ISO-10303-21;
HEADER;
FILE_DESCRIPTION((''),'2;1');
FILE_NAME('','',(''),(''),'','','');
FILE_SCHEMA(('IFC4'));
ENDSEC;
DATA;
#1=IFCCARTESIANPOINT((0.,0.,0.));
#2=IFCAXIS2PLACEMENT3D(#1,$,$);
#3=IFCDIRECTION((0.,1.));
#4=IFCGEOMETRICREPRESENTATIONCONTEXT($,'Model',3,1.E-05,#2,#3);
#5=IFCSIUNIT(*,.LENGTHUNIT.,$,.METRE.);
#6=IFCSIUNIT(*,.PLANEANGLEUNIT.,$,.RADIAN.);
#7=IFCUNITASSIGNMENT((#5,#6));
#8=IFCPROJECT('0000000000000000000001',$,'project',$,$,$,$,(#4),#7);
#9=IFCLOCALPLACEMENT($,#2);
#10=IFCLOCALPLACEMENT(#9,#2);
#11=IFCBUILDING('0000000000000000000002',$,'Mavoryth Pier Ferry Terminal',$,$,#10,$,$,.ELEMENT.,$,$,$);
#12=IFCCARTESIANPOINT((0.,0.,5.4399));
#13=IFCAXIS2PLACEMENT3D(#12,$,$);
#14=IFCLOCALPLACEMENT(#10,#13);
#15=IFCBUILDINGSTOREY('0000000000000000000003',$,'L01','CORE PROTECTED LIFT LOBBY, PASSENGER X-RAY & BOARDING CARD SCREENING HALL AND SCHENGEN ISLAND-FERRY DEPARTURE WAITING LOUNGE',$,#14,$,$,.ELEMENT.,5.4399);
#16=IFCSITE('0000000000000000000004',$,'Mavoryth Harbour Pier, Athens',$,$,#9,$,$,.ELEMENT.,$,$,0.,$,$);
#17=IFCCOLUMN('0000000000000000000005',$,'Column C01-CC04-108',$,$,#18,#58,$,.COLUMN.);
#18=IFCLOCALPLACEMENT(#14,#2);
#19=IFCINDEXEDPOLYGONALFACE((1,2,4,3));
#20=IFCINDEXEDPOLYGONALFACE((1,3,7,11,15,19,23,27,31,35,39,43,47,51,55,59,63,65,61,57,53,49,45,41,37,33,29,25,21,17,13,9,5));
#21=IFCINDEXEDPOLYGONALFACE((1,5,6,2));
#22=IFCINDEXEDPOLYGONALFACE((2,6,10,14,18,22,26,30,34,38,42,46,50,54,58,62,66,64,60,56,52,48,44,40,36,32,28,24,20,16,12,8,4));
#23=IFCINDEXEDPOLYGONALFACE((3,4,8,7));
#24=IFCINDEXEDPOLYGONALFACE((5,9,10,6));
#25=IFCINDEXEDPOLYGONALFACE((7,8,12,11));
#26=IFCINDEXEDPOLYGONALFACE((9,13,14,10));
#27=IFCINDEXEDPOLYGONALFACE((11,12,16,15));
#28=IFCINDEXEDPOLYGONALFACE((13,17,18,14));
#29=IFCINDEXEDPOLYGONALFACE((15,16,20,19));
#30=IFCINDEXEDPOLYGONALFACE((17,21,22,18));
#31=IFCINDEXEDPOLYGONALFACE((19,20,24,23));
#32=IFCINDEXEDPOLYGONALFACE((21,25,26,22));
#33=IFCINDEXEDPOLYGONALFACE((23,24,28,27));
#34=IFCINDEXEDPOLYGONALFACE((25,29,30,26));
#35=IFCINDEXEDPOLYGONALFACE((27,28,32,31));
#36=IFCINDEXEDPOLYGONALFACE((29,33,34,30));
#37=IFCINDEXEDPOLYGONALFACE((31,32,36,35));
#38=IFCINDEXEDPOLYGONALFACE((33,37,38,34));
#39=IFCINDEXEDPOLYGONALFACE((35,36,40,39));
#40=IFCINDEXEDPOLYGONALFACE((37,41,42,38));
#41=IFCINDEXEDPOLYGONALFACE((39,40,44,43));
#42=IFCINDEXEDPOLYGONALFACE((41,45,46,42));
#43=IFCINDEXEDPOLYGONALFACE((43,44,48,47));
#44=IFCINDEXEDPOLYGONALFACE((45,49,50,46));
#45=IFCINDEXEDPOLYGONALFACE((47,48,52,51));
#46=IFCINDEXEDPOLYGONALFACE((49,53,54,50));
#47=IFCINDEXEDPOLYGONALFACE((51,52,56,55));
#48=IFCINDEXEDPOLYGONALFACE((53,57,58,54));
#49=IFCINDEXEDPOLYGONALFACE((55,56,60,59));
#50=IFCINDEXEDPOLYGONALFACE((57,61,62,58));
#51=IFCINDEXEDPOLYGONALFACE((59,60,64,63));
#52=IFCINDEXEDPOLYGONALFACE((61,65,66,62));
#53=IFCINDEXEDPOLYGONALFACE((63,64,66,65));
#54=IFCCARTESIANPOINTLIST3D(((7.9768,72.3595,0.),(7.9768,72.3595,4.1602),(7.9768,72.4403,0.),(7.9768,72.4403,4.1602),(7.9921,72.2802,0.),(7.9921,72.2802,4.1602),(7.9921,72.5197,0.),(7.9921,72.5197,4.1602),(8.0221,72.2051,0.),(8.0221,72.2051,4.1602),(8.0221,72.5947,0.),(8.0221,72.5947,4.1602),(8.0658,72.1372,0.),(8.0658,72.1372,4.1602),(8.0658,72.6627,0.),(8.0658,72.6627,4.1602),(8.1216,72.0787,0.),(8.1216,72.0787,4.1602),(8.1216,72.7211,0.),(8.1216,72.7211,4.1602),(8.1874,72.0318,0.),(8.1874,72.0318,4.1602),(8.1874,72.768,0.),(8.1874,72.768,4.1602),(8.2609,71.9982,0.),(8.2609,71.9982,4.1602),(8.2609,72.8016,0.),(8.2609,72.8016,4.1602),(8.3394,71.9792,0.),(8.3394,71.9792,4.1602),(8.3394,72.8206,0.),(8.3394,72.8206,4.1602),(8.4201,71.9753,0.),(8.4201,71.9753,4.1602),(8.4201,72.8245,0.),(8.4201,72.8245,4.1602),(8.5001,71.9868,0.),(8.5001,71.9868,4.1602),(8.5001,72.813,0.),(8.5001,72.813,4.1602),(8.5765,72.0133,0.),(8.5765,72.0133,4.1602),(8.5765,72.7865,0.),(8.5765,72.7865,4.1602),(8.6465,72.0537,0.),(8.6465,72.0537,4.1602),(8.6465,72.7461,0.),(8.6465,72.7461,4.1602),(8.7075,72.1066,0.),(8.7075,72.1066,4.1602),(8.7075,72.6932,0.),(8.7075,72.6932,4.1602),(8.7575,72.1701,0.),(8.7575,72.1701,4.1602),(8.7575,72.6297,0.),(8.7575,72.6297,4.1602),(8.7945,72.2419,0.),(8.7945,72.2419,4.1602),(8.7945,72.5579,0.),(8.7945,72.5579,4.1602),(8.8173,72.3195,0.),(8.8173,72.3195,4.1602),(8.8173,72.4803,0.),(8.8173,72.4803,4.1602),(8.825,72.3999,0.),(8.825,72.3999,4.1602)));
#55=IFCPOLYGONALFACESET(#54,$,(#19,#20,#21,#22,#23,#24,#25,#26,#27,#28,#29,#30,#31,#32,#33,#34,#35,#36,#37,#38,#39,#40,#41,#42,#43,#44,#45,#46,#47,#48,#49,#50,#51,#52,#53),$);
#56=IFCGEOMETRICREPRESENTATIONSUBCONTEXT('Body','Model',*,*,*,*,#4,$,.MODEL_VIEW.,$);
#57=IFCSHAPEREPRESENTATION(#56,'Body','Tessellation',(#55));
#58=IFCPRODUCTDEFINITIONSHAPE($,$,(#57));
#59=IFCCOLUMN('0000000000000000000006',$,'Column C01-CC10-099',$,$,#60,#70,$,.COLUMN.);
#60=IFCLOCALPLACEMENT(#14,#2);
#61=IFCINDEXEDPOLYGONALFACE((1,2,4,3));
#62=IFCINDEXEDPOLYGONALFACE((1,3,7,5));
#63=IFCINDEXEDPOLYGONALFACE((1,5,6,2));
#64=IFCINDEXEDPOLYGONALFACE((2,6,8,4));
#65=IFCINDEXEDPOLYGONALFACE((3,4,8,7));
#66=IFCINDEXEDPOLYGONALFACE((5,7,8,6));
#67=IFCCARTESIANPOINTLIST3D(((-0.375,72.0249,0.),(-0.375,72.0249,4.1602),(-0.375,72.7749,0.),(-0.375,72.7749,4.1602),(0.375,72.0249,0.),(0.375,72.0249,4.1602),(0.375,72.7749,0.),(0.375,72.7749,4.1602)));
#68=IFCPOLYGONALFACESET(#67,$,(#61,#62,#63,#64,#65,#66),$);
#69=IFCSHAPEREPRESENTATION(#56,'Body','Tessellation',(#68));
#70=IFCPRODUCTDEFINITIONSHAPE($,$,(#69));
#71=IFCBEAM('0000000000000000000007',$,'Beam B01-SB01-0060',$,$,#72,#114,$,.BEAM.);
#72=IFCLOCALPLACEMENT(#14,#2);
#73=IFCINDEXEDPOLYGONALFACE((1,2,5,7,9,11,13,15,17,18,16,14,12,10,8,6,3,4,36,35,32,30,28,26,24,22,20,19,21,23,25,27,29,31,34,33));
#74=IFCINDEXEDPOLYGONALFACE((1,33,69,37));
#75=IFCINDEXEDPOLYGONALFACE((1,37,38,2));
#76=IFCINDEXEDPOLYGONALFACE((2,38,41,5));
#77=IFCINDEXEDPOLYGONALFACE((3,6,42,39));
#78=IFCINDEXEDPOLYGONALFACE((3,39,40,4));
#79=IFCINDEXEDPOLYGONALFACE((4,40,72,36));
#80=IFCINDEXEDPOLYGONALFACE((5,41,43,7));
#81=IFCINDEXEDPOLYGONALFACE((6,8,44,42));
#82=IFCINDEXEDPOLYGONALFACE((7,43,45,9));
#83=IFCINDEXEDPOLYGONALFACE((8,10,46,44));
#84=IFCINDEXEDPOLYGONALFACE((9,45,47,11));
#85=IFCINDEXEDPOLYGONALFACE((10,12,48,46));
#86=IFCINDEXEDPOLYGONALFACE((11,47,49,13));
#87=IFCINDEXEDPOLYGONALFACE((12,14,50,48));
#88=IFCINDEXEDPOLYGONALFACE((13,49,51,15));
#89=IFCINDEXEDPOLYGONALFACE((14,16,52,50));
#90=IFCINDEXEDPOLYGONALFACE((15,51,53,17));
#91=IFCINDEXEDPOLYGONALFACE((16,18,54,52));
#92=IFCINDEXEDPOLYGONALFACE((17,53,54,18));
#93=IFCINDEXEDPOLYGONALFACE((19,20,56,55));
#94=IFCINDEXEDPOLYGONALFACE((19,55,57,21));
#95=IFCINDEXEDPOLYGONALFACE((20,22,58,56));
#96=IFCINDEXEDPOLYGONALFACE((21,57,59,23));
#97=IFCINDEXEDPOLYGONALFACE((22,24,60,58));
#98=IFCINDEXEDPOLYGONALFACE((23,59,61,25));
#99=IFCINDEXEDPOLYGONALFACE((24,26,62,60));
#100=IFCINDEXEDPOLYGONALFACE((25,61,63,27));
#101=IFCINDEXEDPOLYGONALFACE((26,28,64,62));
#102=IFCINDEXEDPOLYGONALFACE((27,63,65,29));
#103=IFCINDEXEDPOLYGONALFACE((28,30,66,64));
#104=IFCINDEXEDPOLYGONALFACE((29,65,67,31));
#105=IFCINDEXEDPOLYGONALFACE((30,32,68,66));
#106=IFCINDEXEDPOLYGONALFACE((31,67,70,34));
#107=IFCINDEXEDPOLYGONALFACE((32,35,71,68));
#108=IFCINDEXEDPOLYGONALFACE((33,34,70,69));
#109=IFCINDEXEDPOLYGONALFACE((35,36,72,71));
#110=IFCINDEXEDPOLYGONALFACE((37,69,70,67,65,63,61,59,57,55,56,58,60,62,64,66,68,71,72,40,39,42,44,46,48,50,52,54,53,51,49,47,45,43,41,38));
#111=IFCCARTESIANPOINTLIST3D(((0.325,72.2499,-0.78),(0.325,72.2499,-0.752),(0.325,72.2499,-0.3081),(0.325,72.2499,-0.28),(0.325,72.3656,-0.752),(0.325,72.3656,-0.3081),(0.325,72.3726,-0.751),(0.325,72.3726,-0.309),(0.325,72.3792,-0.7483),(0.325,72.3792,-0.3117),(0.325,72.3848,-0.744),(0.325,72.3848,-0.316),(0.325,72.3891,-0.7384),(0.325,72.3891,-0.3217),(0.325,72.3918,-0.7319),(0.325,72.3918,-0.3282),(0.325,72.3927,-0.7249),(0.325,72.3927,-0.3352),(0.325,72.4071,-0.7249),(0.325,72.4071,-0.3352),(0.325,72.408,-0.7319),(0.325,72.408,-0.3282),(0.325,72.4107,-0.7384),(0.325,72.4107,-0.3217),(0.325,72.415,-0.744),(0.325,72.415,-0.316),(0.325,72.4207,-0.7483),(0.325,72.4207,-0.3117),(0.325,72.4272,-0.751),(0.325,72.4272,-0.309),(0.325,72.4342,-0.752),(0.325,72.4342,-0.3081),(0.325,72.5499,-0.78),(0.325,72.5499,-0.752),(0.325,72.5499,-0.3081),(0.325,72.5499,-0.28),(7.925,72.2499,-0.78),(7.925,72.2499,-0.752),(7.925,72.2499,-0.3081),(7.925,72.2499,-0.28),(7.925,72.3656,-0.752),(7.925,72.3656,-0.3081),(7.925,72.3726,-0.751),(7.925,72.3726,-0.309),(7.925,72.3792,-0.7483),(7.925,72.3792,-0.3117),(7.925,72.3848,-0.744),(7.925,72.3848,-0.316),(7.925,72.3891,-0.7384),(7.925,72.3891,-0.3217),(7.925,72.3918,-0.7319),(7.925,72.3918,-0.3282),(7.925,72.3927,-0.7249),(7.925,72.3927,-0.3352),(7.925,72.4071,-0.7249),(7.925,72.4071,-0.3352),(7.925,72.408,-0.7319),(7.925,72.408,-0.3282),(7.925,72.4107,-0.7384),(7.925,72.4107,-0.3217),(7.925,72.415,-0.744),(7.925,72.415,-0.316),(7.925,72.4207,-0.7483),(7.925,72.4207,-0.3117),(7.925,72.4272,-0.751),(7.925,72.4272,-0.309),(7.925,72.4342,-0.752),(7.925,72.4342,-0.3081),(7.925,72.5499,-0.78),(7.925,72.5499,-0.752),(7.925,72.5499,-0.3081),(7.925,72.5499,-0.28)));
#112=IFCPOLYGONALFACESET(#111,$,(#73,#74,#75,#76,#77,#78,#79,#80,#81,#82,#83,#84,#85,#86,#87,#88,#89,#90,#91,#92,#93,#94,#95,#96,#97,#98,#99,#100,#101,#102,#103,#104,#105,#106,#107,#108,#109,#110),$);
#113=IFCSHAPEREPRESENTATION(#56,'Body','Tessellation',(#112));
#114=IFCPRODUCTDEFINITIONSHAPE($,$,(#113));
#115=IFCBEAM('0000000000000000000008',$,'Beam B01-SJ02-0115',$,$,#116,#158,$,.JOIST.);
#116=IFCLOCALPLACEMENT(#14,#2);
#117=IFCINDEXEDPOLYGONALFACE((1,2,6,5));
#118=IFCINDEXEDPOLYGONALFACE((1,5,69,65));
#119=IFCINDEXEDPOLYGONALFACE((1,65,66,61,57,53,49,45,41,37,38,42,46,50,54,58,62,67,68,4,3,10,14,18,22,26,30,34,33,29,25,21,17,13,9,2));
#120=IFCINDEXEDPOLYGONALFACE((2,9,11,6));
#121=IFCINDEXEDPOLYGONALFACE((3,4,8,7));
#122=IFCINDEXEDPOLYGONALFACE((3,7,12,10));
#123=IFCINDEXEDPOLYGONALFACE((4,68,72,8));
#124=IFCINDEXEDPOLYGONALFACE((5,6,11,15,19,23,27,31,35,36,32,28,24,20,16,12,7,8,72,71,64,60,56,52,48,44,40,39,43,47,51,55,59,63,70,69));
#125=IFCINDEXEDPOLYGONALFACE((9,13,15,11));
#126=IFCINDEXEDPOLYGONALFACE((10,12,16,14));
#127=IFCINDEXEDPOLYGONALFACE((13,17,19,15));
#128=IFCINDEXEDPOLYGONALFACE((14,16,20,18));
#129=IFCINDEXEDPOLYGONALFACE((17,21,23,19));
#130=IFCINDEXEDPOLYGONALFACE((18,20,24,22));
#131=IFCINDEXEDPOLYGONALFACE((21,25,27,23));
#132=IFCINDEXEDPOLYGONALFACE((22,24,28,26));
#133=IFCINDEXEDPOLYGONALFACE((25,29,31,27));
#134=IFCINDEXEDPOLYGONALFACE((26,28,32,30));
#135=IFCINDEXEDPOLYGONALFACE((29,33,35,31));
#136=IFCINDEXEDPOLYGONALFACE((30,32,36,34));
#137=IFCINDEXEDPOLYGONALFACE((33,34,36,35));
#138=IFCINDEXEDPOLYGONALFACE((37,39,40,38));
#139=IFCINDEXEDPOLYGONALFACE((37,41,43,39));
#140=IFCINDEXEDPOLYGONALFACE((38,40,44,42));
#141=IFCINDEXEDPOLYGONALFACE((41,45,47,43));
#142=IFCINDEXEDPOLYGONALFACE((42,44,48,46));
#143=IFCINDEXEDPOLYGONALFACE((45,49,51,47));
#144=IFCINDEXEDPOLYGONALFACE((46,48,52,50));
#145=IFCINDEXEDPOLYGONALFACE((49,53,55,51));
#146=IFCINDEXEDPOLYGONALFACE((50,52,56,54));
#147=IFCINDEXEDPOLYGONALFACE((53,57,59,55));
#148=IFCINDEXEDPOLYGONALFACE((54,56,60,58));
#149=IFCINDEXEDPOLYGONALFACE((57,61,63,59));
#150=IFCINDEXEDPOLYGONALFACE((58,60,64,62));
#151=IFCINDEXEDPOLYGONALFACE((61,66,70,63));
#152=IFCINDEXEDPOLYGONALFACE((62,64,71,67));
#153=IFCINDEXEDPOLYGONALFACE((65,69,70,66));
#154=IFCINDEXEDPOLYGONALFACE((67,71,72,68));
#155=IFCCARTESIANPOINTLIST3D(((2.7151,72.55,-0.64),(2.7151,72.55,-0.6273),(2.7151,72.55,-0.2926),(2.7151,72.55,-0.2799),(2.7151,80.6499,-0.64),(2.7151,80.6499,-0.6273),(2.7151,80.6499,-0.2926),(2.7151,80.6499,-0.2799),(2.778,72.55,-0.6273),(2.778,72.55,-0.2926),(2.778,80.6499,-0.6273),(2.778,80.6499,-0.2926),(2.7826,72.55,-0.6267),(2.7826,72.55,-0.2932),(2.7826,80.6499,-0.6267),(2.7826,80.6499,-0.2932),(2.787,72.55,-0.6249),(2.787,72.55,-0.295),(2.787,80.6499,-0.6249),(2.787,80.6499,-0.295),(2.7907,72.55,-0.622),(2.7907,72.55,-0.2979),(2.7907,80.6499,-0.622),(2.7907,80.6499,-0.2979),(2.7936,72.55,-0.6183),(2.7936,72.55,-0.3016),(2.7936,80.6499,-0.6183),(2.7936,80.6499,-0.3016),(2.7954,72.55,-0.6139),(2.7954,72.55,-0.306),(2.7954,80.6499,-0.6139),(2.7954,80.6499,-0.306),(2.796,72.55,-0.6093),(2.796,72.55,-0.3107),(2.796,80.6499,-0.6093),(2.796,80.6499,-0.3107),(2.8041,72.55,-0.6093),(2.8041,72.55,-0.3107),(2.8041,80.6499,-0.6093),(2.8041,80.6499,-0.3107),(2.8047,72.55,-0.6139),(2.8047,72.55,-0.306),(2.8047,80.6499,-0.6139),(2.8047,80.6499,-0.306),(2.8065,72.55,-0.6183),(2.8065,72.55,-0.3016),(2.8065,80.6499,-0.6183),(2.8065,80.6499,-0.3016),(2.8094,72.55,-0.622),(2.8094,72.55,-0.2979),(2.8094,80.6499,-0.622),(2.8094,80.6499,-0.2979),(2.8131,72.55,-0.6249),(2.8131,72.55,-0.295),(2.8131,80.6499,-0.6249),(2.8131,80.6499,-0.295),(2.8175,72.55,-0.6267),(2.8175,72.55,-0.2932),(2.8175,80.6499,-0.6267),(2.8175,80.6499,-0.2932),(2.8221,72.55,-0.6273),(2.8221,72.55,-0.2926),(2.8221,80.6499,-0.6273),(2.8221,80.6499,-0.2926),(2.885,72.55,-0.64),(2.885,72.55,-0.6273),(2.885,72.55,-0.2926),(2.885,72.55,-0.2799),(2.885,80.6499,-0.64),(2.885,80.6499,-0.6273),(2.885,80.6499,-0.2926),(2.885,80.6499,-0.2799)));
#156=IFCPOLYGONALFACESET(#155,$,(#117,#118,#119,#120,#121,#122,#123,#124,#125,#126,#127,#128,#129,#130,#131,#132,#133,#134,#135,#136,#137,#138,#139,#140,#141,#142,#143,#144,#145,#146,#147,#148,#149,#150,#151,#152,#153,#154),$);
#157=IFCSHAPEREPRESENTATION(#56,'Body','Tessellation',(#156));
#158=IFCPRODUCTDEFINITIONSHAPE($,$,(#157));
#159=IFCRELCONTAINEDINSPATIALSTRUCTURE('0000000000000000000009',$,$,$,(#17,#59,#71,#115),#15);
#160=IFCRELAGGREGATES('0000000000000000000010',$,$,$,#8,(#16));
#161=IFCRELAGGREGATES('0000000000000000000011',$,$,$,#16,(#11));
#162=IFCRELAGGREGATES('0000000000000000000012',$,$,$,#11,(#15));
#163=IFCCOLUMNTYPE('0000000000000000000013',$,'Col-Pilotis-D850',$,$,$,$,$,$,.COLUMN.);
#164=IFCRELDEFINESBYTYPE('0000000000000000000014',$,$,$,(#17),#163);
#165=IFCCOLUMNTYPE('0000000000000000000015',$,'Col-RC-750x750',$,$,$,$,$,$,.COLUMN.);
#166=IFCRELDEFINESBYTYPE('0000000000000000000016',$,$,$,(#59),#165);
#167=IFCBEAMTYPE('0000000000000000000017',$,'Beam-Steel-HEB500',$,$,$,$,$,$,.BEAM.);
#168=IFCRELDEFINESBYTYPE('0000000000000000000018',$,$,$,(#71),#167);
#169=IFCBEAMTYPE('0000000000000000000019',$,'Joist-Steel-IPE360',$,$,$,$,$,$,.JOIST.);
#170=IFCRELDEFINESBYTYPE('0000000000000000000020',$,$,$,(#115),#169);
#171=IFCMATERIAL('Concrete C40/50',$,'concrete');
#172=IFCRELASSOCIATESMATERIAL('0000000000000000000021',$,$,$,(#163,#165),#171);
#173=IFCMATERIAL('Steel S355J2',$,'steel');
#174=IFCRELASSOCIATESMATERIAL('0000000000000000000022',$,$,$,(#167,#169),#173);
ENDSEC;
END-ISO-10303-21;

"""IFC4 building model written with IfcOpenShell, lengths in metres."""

from ifc_helpers import new_model, si_unit, direction, frame, origin, origin_2d, place, context, subcontext, project, spatial, rectangle, circle, i_section, extrude, material, material_profile, profile_set, type_object, element, save


model = new_model("IFC4")

# Units and contexts
model_context = context("Model", 3, precision=1e-05, world=origin(), true_north=direction((0.0, 1.0)))
body_context = subcontext(model_context, "Body", "Model", "MODEL_VIEW")
ifc_project = project(units=[si_unit("LENGTHUNIT", "METRE"), si_unit("PLANEANGLEUNIT", "RADIAN")], contexts=[model_context])

# Site, building, storey
site_placement = place(None, origin())
site = spatial("IfcSite", under=ifc_project, at=site_placement, Name="Mavoryth Harbour Pier, Athens", CompositionType="ELEMENT", RefElevation=0.0)
building_placement = place(site_placement, origin())
building = spatial("IfcBuilding", under=site, at=building_placement, Name="Mavoryth Pier Ferry Terminal", CompositionType="ELEMENT")
storey_placement = place(building_placement, frame((0.0, 0.0, 5.4399)))
storey = spatial("IfcBuildingStorey", under=building, at=storey_placement, Name="L01", Description="CORE PROTECTED LIFT LOBBY, PASSENGER X-RAY & BOARDING CARD SCREENING HALL AND SCHENGEN ISLAND-FERRY DEPARTURE WAITING LOUNGE", CompositionType="ELEMENT", Elevation=5.4399)

# Columns
ifc_material_1 = material(Name="Concrete C40/50", Category="concrete")
ifc_material_profile_1 = material_profile(ifc_material_1, circle(Radius=0.425, at=origin_2d()), Name="RC D850", Category="concrete")
ifc_profile_set_1 = profile_set([ifc_material_profile_1], Name="Concrete C40/50 - RC D850")
column_type_1 = type_object("IfcColumnType", Name="Col-Pilotis-D850", PredefinedType="COLUMN", material=ifc_profile_set_1)
column_1_placement = place(storey_placement, frame((8.3999, 72.3999, 0.0), z_axis=(0.0, 0.0, 1.0), x_axis=(1.0, 0.0, 0.0)))
element("IfcColumn", 1, at=column_1_placement, inside=storey, type_object=column_type_1, Name="Column C01-CC04-108", PredefinedType="COLUMN", context=body_context, shape_type="SweptSolid", body=[
    extrude(circle(Radius=0.425, at=origin_2d()), origin(), (0.0, 0.0, 1.0), 4.1602),
])
ifc_material_profile_2 = material_profile(ifc_material_1, rectangle(XDim=0.75, YDim=0.75, at=origin_2d()), Name="RC 750x750", Category="concrete")
ifc_profile_set_2 = profile_set([ifc_material_profile_2], Name="Concrete C40/50 - RC 750x750")
column_type_2 = type_object("IfcColumnType", Name="Col-RC-750x750", PredefinedType="COLUMN", material=ifc_profile_set_2)
column_2_placement = place(storey_placement, frame((0.0, 72.3999, 0.0), z_axis=(0.0, 0.0, 1.0), x_axis=(1.0, 0.0, 0.0)))
element("IfcColumn", 2, at=column_2_placement, inside=storey, type_object=column_type_2, Name="Column C01-CC10-099", PredefinedType="COLUMN", context=body_context, shape_type="SweptSolid", body=[
    extrude(rectangle(XDim=0.75, YDim=0.75, at=origin_2d()), origin(), (0.0, 0.0, 1.0), 4.1602),
])

# Beams
ifc_material_2 = material(Name="Steel S355J2", Category="steel")
ifc_material_profile_3 = material_profile(ifc_material_2, i_section(OverallWidth=0.3, OverallDepth=0.5, WebThickness=0.0144, FlangeThickness=0.0281, FilletRadius=0.0271, at=origin_2d()), Name="HEB 500", Category="steel")
ifc_profile_set_3 = profile_set([ifc_material_profile_3], Name="Steel S355J2 - HEB 500")
beam_type_1 = type_object("IfcBeamType", Name="Beam-Steel-HEB500", PredefinedType="BEAM", material=ifc_profile_set_3)
beam_1_placement = place(storey_placement, frame((0.325, 72.3999, -0.53), z_axis=(1.0, 0.0, 0.0), x_axis=(0.0, 1.0, 0.0)))
element("IfcBeam", 3, at=beam_1_placement, inside=storey, type_object=beam_type_1, Name="Beam B01-SB01-0060", PredefinedType="BEAM", context=body_context, shape_type="SweptSolid", body=[
    extrude(i_section(OverallWidth=0.3, OverallDepth=0.5, WebThickness=0.0144, FlangeThickness=0.0281, FilletRadius=0.0271, at=origin_2d()), origin(), (0.0, 0.0, 1.0), 7.6001),
])
ifc_material_profile_4 = material_profile(ifc_material_2, i_section(OverallWidth=0.1699, OverallDepth=0.3601, WebThickness=0.0081, FlangeThickness=0.0127, FilletRadius=0.0181, at=origin_2d()), Name="IPE 360", Category="steel")
ifc_profile_set_4 = profile_set([ifc_material_profile_4], Name="Steel S355J2 - IPE 360")
beam_type_2 = type_object("IfcBeamType", Name="Joist-Steel-IPE360", PredefinedType="JOIST", material=ifc_profile_set_4)
for number, where, z_axis, x_axis, name in (
    (4, (2.8, 72.55, -0.46), (0.0, 1.0, 0.0), (-1.0, 0.0, 0.0), "Beam B01-SJ02-0115"),
):
    element("IfcBeam", number, at=place(storey_placement, frame(where, z_axis=z_axis, x_axis=x_axis)), inside=storey, type_object=beam_type_2, Name=name, PredefinedType="JOIST", context=body_context, shape_type="SweptSolid", body=[
        extrude(i_section(OverallWidth=0.1699, OverallDepth=0.3601, WebThickness=0.0081, FlangeThickness=0.0127, FilletRadius=0.0181, at=origin_2d()), origin(), (0.0, 0.0, 1.0), 8.0999),
    ])

save(model, "model.ifc")
